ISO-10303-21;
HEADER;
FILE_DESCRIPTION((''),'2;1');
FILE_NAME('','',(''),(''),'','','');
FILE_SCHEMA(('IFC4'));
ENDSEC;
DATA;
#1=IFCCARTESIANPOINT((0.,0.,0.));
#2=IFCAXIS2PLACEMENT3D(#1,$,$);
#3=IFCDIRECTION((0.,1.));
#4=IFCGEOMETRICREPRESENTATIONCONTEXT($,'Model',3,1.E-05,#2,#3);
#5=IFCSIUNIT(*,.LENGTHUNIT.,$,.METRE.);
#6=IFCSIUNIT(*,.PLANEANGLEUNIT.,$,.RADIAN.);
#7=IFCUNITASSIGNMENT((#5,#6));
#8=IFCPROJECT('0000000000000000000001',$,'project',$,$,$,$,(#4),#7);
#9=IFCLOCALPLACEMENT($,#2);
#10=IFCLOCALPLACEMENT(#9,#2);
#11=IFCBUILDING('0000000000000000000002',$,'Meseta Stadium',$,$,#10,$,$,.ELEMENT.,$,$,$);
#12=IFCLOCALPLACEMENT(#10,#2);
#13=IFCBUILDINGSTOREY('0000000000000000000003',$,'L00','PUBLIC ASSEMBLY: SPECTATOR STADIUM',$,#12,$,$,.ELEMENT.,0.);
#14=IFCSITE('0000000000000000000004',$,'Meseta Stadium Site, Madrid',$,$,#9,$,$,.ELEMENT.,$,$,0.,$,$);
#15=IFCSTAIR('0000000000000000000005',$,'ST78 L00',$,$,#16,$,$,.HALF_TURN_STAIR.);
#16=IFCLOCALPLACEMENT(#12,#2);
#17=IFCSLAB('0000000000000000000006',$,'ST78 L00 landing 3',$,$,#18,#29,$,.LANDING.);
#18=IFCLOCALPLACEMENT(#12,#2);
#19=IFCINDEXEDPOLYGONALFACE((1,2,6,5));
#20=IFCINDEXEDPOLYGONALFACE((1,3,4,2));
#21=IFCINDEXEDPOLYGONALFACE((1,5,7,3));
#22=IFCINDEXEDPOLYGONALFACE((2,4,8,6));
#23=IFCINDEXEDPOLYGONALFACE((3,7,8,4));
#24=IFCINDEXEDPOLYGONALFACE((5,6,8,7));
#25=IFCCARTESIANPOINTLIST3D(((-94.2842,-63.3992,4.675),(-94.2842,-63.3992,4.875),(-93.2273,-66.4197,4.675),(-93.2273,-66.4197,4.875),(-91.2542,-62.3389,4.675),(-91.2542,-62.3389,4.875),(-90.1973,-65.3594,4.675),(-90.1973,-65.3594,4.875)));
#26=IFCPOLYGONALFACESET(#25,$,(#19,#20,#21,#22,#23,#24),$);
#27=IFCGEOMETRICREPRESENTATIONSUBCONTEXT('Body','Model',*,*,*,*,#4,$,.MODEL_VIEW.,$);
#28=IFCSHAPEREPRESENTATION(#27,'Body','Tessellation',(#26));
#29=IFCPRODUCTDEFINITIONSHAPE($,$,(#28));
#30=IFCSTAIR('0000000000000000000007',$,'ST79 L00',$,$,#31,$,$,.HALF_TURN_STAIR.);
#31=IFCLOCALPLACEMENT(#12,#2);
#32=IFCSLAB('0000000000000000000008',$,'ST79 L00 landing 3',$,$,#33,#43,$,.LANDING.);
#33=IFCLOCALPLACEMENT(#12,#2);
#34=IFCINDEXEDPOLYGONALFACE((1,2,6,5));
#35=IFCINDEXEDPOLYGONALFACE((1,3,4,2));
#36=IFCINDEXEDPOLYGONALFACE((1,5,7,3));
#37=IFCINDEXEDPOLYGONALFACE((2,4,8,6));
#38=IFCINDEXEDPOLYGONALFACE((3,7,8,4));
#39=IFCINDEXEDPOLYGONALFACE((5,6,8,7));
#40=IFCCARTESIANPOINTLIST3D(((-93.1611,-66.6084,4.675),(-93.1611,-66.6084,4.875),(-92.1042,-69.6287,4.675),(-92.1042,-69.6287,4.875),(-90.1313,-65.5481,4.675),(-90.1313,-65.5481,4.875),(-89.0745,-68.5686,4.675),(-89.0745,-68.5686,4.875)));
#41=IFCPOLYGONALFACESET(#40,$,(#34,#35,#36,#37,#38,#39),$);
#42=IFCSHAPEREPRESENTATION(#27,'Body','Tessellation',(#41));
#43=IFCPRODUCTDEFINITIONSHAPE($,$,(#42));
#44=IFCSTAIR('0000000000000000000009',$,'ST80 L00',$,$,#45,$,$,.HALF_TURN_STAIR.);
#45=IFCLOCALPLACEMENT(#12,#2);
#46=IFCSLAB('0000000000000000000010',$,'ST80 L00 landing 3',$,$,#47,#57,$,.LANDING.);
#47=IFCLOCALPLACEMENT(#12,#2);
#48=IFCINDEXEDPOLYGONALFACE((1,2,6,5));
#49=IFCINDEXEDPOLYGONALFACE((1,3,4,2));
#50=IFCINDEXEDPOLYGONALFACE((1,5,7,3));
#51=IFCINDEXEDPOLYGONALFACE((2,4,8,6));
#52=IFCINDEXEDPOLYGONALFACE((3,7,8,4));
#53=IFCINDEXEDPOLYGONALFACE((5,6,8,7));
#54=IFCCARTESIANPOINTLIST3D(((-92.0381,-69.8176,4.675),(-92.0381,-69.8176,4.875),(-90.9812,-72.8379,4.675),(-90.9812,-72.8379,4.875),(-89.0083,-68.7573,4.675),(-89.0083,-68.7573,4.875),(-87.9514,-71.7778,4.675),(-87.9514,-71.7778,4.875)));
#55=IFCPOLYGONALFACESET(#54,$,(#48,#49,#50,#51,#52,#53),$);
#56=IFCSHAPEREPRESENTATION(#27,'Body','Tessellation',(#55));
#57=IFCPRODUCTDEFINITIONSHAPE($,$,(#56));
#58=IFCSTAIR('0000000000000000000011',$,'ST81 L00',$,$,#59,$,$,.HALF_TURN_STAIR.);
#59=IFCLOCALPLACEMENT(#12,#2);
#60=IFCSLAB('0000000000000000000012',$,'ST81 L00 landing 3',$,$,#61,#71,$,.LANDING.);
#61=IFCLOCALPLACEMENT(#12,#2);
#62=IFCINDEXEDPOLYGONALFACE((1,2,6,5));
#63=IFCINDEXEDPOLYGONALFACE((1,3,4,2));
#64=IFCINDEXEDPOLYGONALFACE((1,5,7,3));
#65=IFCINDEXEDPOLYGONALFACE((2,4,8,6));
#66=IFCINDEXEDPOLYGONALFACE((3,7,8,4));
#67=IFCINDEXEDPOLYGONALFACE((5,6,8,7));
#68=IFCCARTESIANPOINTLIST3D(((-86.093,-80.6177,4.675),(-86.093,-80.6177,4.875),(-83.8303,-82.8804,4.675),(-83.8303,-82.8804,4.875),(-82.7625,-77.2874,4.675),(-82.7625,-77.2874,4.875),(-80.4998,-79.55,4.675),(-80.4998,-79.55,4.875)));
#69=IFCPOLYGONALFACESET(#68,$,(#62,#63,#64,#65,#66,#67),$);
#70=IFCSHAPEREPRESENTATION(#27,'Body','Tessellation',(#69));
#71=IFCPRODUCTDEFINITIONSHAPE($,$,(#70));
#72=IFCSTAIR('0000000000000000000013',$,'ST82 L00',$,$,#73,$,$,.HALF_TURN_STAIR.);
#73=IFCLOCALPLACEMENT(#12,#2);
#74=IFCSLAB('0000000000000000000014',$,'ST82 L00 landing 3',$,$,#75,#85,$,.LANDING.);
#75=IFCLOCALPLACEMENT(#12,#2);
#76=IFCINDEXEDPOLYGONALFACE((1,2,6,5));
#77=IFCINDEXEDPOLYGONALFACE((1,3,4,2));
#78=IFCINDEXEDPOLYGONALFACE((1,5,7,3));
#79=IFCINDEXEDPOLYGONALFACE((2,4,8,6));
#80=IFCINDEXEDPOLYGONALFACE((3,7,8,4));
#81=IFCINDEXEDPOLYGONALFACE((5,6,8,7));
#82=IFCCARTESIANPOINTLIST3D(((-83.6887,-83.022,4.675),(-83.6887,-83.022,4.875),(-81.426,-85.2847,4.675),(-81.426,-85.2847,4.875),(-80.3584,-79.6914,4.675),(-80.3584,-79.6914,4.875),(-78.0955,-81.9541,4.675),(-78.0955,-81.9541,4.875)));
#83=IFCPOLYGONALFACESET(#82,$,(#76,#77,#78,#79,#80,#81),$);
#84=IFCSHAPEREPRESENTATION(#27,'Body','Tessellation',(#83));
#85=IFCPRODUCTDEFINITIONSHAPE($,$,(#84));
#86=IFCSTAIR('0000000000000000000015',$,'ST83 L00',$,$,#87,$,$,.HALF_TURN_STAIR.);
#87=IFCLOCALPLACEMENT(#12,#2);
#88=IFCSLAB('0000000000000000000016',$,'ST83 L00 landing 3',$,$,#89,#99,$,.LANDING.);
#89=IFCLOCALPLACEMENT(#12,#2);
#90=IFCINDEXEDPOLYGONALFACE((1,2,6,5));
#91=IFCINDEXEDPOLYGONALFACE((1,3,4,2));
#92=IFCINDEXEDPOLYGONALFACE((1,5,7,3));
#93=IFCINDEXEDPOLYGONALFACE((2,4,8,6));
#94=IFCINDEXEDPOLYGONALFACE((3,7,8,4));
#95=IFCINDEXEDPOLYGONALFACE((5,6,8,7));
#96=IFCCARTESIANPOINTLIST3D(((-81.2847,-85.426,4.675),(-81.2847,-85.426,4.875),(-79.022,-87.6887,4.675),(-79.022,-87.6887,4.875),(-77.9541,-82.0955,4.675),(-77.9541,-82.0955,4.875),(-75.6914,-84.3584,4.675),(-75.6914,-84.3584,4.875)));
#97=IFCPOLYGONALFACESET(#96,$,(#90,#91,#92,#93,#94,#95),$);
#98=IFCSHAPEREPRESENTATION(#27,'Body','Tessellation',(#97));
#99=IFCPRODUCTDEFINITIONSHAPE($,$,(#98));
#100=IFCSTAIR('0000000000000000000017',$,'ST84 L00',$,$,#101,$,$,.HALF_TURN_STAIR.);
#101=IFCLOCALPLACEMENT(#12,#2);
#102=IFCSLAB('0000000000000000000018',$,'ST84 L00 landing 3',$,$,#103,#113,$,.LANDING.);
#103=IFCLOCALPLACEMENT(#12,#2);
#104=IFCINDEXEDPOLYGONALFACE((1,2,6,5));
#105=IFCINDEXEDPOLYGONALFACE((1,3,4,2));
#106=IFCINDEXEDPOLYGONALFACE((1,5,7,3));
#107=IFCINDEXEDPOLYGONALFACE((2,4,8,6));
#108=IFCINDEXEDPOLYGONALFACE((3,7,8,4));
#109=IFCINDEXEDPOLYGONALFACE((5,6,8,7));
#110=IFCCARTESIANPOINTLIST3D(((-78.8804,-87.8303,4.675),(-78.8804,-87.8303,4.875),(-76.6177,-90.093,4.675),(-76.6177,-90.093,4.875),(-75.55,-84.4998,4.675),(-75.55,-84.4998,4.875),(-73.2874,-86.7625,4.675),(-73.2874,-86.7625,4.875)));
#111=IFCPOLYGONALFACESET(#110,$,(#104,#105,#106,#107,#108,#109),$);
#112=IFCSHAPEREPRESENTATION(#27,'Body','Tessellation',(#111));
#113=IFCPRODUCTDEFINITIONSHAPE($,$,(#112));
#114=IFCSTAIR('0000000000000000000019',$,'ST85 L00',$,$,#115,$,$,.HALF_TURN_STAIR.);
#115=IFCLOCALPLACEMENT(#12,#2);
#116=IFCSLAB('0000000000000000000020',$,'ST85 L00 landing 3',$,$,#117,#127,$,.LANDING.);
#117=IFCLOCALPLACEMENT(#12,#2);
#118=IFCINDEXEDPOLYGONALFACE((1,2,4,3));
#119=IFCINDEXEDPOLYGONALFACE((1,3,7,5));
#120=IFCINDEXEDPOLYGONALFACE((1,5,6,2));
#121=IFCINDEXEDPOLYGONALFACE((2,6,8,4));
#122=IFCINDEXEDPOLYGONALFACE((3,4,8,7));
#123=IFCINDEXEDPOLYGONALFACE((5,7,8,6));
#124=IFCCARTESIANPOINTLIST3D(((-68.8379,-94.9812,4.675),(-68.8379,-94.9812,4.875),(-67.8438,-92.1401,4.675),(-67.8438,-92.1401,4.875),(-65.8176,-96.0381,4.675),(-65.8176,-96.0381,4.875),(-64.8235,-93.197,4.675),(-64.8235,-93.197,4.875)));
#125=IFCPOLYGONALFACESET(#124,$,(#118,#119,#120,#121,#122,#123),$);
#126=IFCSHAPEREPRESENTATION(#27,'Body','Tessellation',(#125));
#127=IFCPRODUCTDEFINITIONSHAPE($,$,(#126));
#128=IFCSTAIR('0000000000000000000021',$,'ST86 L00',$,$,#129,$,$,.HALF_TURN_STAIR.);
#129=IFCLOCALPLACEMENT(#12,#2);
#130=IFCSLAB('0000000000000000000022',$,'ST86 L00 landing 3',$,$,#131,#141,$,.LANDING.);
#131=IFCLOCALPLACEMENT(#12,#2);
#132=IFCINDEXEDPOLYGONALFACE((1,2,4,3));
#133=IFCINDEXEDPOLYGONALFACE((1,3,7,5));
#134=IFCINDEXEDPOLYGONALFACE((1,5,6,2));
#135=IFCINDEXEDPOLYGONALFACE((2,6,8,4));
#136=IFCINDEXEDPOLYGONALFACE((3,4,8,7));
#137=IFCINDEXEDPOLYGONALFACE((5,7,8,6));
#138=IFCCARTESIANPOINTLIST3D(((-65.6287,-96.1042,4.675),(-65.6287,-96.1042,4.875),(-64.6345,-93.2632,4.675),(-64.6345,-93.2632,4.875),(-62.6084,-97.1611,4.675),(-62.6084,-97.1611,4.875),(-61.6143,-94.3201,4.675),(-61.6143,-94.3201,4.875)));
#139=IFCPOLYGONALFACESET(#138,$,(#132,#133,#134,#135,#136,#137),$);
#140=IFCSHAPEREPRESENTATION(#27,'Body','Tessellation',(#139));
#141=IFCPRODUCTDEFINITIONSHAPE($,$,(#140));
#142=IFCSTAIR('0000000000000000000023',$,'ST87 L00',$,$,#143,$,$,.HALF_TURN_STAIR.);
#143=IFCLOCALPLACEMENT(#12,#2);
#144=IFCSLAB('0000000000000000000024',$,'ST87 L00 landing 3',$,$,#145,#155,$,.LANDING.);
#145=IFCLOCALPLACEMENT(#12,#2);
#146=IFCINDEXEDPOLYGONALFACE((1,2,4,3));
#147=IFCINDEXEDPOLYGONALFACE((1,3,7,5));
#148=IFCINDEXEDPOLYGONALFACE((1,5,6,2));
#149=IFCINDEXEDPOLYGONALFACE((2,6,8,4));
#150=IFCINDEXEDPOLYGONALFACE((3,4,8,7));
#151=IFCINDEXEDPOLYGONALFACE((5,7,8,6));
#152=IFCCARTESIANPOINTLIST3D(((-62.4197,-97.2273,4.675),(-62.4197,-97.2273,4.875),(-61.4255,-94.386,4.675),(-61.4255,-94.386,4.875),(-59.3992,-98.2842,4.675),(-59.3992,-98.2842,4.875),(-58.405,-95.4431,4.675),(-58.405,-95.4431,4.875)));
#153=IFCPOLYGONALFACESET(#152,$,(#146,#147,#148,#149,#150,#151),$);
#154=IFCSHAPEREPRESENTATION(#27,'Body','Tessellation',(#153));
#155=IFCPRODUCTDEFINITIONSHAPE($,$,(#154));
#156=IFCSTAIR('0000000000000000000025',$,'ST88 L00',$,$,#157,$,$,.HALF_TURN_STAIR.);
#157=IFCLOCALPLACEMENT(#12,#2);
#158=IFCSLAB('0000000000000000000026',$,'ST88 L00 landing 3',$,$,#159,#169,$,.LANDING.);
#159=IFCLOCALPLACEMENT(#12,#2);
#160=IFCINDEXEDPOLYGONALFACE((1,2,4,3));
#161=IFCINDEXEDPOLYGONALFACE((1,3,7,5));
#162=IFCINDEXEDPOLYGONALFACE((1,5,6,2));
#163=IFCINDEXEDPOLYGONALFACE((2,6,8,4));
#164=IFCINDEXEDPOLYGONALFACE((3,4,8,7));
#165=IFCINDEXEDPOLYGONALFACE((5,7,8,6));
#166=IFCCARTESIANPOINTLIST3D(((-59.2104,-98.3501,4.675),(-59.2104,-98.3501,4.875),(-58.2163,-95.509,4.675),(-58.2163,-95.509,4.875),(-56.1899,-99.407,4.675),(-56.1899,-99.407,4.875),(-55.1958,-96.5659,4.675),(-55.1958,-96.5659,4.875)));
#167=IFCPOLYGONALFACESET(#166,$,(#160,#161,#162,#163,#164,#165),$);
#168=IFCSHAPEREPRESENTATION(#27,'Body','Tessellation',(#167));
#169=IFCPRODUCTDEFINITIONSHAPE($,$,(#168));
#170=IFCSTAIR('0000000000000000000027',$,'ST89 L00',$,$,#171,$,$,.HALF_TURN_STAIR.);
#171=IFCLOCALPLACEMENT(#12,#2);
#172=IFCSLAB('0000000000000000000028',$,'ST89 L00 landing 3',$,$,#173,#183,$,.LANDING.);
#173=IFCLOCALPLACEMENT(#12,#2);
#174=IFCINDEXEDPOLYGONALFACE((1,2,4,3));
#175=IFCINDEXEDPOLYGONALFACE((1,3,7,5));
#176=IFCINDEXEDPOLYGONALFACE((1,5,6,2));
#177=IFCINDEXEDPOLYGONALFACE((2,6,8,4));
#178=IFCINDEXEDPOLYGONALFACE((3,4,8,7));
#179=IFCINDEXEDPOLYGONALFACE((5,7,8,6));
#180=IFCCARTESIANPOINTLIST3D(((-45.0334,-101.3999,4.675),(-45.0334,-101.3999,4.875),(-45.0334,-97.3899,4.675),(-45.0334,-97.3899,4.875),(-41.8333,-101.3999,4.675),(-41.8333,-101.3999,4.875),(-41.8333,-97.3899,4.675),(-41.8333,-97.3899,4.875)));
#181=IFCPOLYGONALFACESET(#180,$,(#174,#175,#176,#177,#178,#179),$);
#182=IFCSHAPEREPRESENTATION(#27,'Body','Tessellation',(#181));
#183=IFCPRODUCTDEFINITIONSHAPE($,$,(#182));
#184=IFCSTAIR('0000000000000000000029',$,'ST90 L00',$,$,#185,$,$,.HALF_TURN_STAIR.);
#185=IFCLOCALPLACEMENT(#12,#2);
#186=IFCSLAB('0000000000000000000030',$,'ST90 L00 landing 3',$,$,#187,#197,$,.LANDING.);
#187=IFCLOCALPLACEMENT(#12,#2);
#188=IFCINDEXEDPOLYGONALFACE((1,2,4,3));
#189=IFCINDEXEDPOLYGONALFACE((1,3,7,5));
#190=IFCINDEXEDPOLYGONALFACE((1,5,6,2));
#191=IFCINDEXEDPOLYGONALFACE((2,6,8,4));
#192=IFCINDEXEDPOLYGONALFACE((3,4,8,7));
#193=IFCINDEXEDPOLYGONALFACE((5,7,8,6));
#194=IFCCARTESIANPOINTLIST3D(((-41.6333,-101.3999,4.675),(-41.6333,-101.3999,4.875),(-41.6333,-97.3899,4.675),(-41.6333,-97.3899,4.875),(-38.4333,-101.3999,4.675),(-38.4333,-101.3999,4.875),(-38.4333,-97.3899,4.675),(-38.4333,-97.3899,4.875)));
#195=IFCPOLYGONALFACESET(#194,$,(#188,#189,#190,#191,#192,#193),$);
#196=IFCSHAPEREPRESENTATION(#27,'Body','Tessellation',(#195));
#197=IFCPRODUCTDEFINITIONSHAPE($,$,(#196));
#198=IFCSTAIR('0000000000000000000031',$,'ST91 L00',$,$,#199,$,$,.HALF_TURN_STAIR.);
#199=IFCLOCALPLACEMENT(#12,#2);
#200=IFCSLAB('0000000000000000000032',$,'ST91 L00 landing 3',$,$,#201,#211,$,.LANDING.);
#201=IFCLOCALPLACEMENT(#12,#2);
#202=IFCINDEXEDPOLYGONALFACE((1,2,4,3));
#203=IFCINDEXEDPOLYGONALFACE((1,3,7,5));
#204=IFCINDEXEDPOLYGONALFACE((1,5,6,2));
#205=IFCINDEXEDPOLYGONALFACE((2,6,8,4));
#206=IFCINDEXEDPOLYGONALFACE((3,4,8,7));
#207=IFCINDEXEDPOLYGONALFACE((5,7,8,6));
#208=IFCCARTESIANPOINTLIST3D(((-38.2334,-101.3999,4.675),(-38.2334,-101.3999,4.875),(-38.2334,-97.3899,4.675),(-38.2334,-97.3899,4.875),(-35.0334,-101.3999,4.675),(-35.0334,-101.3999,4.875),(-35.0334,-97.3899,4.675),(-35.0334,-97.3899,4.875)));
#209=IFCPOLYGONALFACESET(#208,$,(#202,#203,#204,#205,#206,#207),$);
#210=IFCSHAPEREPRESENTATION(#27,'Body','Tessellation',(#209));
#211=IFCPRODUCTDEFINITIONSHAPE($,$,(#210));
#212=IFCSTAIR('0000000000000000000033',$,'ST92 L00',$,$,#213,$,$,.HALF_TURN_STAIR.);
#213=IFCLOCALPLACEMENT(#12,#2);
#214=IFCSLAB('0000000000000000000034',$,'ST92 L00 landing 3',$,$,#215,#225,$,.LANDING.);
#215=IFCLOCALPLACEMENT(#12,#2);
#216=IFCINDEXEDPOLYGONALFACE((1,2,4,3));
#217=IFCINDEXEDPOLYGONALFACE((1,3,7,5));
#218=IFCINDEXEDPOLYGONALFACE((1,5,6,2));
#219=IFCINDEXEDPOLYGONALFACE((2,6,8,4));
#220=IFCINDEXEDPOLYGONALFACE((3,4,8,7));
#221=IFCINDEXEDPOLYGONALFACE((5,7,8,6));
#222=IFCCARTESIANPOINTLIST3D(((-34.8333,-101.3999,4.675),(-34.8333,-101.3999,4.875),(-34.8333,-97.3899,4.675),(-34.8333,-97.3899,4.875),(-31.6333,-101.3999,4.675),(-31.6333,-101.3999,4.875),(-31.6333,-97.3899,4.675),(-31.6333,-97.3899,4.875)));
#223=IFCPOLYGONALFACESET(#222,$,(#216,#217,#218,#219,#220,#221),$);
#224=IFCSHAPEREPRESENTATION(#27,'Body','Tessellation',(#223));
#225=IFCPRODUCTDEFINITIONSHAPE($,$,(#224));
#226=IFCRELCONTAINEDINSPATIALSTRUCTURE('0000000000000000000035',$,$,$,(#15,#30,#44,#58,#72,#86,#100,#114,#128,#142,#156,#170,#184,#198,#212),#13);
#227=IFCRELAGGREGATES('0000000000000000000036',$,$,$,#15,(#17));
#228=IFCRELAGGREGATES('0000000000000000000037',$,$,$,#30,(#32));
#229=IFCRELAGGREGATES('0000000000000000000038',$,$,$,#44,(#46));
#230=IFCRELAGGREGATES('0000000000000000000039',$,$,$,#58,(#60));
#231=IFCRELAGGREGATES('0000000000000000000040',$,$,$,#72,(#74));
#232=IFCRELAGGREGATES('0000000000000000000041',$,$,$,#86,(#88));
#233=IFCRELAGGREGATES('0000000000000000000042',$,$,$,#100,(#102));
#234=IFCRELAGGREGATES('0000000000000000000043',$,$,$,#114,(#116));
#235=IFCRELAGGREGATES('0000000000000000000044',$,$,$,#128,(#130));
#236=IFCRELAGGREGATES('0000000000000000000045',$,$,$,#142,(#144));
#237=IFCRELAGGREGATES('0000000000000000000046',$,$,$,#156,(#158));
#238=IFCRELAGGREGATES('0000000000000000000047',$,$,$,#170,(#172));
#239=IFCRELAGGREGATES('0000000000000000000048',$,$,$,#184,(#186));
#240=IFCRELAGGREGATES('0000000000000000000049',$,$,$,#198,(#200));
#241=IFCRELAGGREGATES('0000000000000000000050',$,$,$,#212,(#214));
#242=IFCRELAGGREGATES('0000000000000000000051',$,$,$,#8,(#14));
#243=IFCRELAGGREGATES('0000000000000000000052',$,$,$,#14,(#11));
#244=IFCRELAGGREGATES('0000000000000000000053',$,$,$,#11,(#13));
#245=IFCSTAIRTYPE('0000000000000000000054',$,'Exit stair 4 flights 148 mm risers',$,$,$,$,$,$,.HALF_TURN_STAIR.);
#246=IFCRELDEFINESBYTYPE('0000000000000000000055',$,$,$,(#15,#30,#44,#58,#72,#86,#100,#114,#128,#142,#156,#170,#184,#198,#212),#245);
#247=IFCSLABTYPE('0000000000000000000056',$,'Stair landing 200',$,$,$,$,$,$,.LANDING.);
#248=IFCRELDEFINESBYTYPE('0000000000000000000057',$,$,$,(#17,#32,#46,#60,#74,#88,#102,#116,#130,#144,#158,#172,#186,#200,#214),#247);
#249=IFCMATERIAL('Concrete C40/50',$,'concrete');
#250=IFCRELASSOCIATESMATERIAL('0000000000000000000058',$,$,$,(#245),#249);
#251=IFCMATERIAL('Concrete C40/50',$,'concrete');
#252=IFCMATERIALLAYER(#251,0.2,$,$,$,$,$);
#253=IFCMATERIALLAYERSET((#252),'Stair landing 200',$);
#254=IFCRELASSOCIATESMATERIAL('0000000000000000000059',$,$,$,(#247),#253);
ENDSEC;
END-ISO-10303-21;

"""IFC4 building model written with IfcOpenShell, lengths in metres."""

from ifc_helpers import new_model, si_unit, direction, frame, origin, place, context, subcontext, project, spatial, polyline, outline, extrude, material, layer, layer_set, type_object, element, aggregate, save


model = new_model("IFC4")

# Units and contexts
model_context = context("Model", 3, precision=1e-05, world=origin(), true_north=direction((0.0, 1.0)))
body_context = subcontext(model_context, "Body", "Model", "MODEL_VIEW")
ifc_project = project(units=[si_unit("LENGTHUNIT", "METRE"), si_unit("PLANEANGLEUNIT", "RADIAN")], contexts=[model_context])

# Site, building, storey
site_placement = place(None, origin())
site = spatial("IfcSite", under=ifc_project, at=site_placement, Name="Meseta Stadium Site, Madrid", CompositionType="ELEMENT", RefElevation=0.0)
building_placement = place(site_placement, origin())
building = spatial("IfcBuilding", under=site, at=building_placement, Name="Meseta Stadium", CompositionType="ELEMENT")
storey_placement = place(building_placement, origin())
storey = spatial("IfcBuildingStorey", under=building, at=storey_placement, Name="L00", Description="PUBLIC ASSEMBLY: SPECTATOR STADIUM", CompositionType="ELEMENT", Elevation=0.0)

# Stairs, slabs
ifc_material_1 = material(Name="Concrete C40/50", Category="concrete")
stair_type = type_object("IfcStairType", Name="Exit stair 4 flights 148 mm risers", PredefinedType="HALF_TURN_STAIR", material=ifc_material_1)
stair_1_placement = place(storey_placement, origin())
stair_1 = element("IfcStair", 1, at=stair_1_placement, inside=storey, type_object=stair_type, Name="ST78 L00", PredefinedType="HALF_TURN_STAIR")
ifc_material_2 = material(Name="Concrete C40/50", Category="concrete")
ifc_layer = layer(ifc_material_2, 0.2)
ifc_layer_set = layer_set([ifc_layer], Name="Stair landing 200")
slab_type = type_object("IfcSlabType", Name="Stair landing 200", PredefinedType="LANDING", material=ifc_layer_set)
slab_1_placement = place(storey_placement, frame((0.0, 0.0, 4.675)))
slab_1 = element("IfcSlab", 2, at=slab_1_placement, type_object=slab_type, Name="ST78 L00 landing 3", PredefinedType="LANDING", context=body_context, shape_type="SweptSolid", body=[
    extrude(outline(polyline([(-91.2542, -62.3389), (-94.2842, -63.3992), (-93.2273, -66.4197), (-90.1973, -65.3594), (-91.2542, -62.3389)])), origin(), (0.0, 0.0, 1.0), 0.2),
])
aggregate(stair_1, [slab_1])
stair_2_placement = place(storey_placement, origin())
stair_2 = element("IfcStair", 3, at=stair_2_placement, inside=storey, type_object=stair_type, Name="ST79 L00", PredefinedType="HALF_TURN_STAIR")
slab_2_placement = place(storey_placement, frame((0.0, 0.0, 4.675)))
slab_2 = element("IfcSlab", 4, at=slab_2_placement, type_object=slab_type, Name="ST79 L00 landing 3", PredefinedType="LANDING", context=body_context, shape_type="SweptSolid", body=[
    extrude(outline(polyline([(-90.1313, -65.5481), (-93.1611, -66.6084), (-92.1042, -69.6287), (-89.0745, -68.5686), (-90.1313, -65.5481)])), origin(), (0.0, 0.0, 1.0), 0.2),
])
aggregate(stair_2, [slab_2])
stair_3_placement = place(storey_placement, origin())
stair_3 = element("IfcStair", 5, at=stair_3_placement, inside=storey, type_object=stair_type, Name="ST80 L00", PredefinedType="HALF_TURN_STAIR")
slab_3_placement = place(storey_placement, frame((0.0, 0.0, 4.675)))
slab_3 = element("IfcSlab", 6, at=slab_3_placement, type_object=slab_type, Name="ST80 L00 landing 3", PredefinedType="LANDING", context=body_context, shape_type="SweptSolid", body=[
    extrude(outline(polyline([(-89.0083, -68.7573), (-92.0381, -69.8176), (-90.9812, -72.8379), (-87.9514, -71.7778), (-89.0083, -68.7573)])), origin(), (0.0, 0.0, 1.0), 0.2),
])
aggregate(stair_3, [slab_3])
stair_4_placement = place(storey_placement, origin())
stair_4 = element("IfcStair", 7, at=stair_4_placement, inside=storey, type_object=stair_type, Name="ST81 L00", PredefinedType="HALF_TURN_STAIR")
slab_4_placement = place(storey_placement, frame((0.0, 0.0, 4.675)))
slab_4 = element("IfcSlab", 8, at=slab_4_placement, type_object=slab_type, Name="ST81 L00 landing 3", PredefinedType="LANDING", context=body_context, shape_type="SweptSolid", body=[
    extrude(outline(polyline([(-82.7625, -77.2874), (-86.093, -80.6177), (-83.8303, -82.8804), (-80.4998, -79.55), (-82.7625, -77.2874)])), origin(), (0.0, 0.0, 1.0), 0.2),
])
aggregate(stair_4, [slab_4])
stair_5_placement = place(storey_placement, origin())
stair_5 = element("IfcStair", 9, at=stair_5_placement, inside=storey, type_object=stair_type, Name="ST82 L00", PredefinedType="HALF_TURN_STAIR")
slab_5_placement = place(storey_placement, frame((0.0, 0.0, 4.675)))
slab_5 = element("IfcSlab", 10, at=slab_5_placement, type_object=slab_type, Name="ST82 L00 landing 3", PredefinedType="LANDING", context=body_context, shape_type="SweptSolid", body=[
    extrude(outline(polyline([(-80.3584, -79.6914), (-83.6887, -83.022), (-81.426, -85.2847), (-78.0955, -81.9541), (-80.3584, -79.6914)])), origin(), (0.0, 0.0, 1.0), 0.2),
])
aggregate(stair_5, [slab_5])
stair_6_placement = place(storey_placement, origin())
stair_6 = element("IfcStair", 11, at=stair_6_placement, inside=storey, type_object=stair_type, Name="ST83 L00", PredefinedType="HALF_TURN_STAIR")
slab_6_placement = place(storey_placement, frame((0.0, 0.0, 4.675)))
slab_6 = element("IfcSlab", 12, at=slab_6_placement, type_object=slab_type, Name="ST83 L00 landing 3", PredefinedType="LANDING", context=body_context, shape_type="SweptSolid", body=[
    extrude(outline(polyline([(-77.9541, -82.0955), (-81.2847, -85.426), (-79.022, -87.6887), (-75.6914, -84.3584), (-77.9541, -82.0955)])), origin(), (0.0, 0.0, 1.0), 0.2),
])
aggregate(stair_6, [slab_6])
stair_7_placement = place(storey_placement, origin())
stair_7 = element("IfcStair", 13, at=stair_7_placement, inside=storey, type_object=stair_type, Name="ST84 L00", PredefinedType="HALF_TURN_STAIR")
slab_7_placement = place(storey_placement, frame((0.0, 0.0, 4.675)))
slab_7 = element("IfcSlab", 14, at=slab_7_placement, type_object=slab_type, Name="ST84 L00 landing 3", PredefinedType="LANDING", context=body_context, shape_type="SweptSolid", body=[
    extrude(outline(polyline([(-75.55, -84.4998), (-78.8804, -87.8303), (-76.6177, -90.093), (-73.2874, -86.7625), (-75.55, -84.4998)])), origin(), (0.0, 0.0, 1.0), 0.2),
])
aggregate(stair_7, [slab_7])
stair_8_placement = place(storey_placement, origin())
stair_8 = element("IfcStair", 15, at=stair_8_placement, inside=storey, type_object=stair_type, Name="ST85 L00", PredefinedType="HALF_TURN_STAIR")
slab_8_placement = place(storey_placement, frame((0.0, 0.0, 4.675)))
slab_8 = element("IfcSlab", 16, at=slab_8_placement, type_object=slab_type, Name="ST85 L00 landing 3", PredefinedType="LANDING", context=body_context, shape_type="SweptSolid", body=[
    extrude(outline(polyline([(-67.8438, -92.1401), (-68.8379, -94.9812), (-65.8176, -96.0381), (-64.8235, -93.197), (-67.8438, -92.1401)])), origin(), (0.0, 0.0, 1.0), 0.2),
])
aggregate(stair_8, [slab_8])
stair_9_placement = place(storey_placement, origin())
stair_9 = element("IfcStair", 17, at=stair_9_placement, inside=storey, type_object=stair_type, Name="ST86 L00", PredefinedType="HALF_TURN_STAIR")
slab_9_placement = place(storey_placement, frame((0.0, 0.0, 4.675)))
slab_9 = element("IfcSlab", 18, at=slab_9_placement, type_object=slab_type, Name="ST86 L00 landing 3", PredefinedType="LANDING", context=body_context, shape_type="SweptSolid", body=[
    extrude(outline(polyline([(-64.6345, -93.2632), (-65.6287, -96.1042), (-62.6084, -97.1611), (-61.6143, -94.3201), (-64.6345, -93.2632)])), origin(), (0.0, 0.0, 1.0), 0.2),
])
aggregate(stair_9, [slab_9])
stair_10_placement = place(storey_placement, origin())
stair_10 = element("IfcStair", 19, at=stair_10_placement, inside=storey, type_object=stair_type, Name="ST87 L00", PredefinedType="HALF_TURN_STAIR")
slab_10_placement = place(storey_placement, frame((0.0, 0.0, 4.675)))
slab_10 = element("IfcSlab", 20, at=slab_10_placement, type_object=slab_type, Name="ST87 L00 landing 3", PredefinedType="LANDING", context=body_context, shape_type="SweptSolid", body=[
    extrude(outline(polyline([(-61.4255, -94.386), (-62.4197, -97.2273), (-59.3992, -98.2842), (-58.405, -95.4431), (-61.4255, -94.386)])), origin(), (0.0, 0.0, 1.0), 0.2),
])
aggregate(stair_10, [slab_10])
stair_11_placement = place(storey_placement, origin())
stair_11 = element("IfcStair", 21, at=stair_11_placement, inside=storey, type_object=stair_type, Name="ST88 L00", PredefinedType="HALF_TURN_STAIR")
slab_11_placement = place(storey_placement, frame((0.0, 0.0, 4.675)))
slab_11 = element("IfcSlab", 22, at=slab_11_placement, type_object=slab_type, Name="ST88 L00 landing 3", PredefinedType="LANDING", context=body_context, shape_type="SweptSolid", body=[
    extrude(outline(polyline([(-58.2163, -95.509), (-59.2104, -98.3501), (-56.1899, -99.407), (-55.1958, -96.5659), (-58.2163, -95.509)])), origin(), (0.0, 0.0, 1.0), 0.2),
])
aggregate(stair_11, [slab_11])
stair_12_placement = place(storey_placement, origin())
stair_12 = element("IfcStair", 23, at=stair_12_placement, inside=storey, type_object=stair_type, Name="ST89 L00", PredefinedType="HALF_TURN_STAIR")
slab_12_placement = place(storey_placement, frame((0.0, 0.0, 4.675)))
slab_12 = element("IfcSlab", 24, at=slab_12_placement, type_object=slab_type, Name="ST89 L00 landing 3", PredefinedType="LANDING", context=body_context, shape_type="SweptSolid", body=[
    extrude(outline(polyline([(-45.0334, -97.3899), (-45.0334, -101.3999), (-41.8333, -101.3999), (-41.8333, -97.3899), (-45.0334, -97.3899)])), origin(), (0.0, 0.0, 1.0), 0.2),
])
aggregate(stair_12, [slab_12])
stair_13_placement = place(storey_placement, origin())
stair_13 = element("IfcStair", 25, at=stair_13_placement, inside=storey, type_object=stair_type, Name="ST90 L00", PredefinedType="HALF_TURN_STAIR")
slab_13_placement = place(storey_placement, frame((0.0, 0.0, 4.675)))
slab_13 = element("IfcSlab", 26, at=slab_13_placement, type_object=slab_type, Name="ST90 L00 landing 3", PredefinedType="LANDING", context=body_context, shape_type="SweptSolid", body=[
    extrude(outline(polyline([(-41.6333, -97.3899), (-41.6333, -101.3999), (-38.4333, -101.3999), (-38.4333, -97.3899), (-41.6333, -97.3899)])), origin(), (0.0, 0.0, 1.0), 0.2),
])
aggregate(stair_13, [slab_13])
stair_14_placement = place(storey_placement, origin())
stair_14 = element("IfcStair", 27, at=stair_14_placement, inside=storey, type_object=stair_type, Name="ST91 L00", PredefinedType="HALF_TURN_STAIR")
slab_14_placement = place(storey_placement, frame((0.0, 0.0, 4.675)))
slab_14 = element("IfcSlab", 28, at=slab_14_placement, type_object=slab_type, Name="ST91 L00 landing 3", PredefinedType="LANDING", context=body_context, shape_type="SweptSolid", body=[
    extrude(outline(polyline([(-38.2334, -97.3899), (-38.2334, -101.3999), (-35.0334, -101.3999), (-35.0334, -97.3899), (-38.2334, -97.3899)])), origin(), (0.0, 0.0, 1.0), 0.2),
])
aggregate(stair_14, [slab_14])
stair_15_placement = place(storey_placement, origin())
stair_15 = element("IfcStair", 29, at=stair_15_placement, inside=storey, type_object=stair_type, Name="ST92 L00", PredefinedType="HALF_TURN_STAIR")
slab_15_placement = place(storey_placement, frame((0.0, 0.0, 4.675)))
slab_15 = element("IfcSlab", 30, at=slab_15_placement, type_object=slab_type, Name="ST92 L00 landing 3", PredefinedType="LANDING", context=body_context, shape_type="SweptSolid", body=[
    extrude(outline(polyline([(-34.8333, -97.3899), (-34.8333, -101.3999), (-31.6333, -101.3999), (-31.6333, -97.3899), (-34.8333, -97.3899)])), origin(), (0.0, 0.0, 1.0), 0.2),
])
aggregate(stair_15, [slab_15])

save(model, "model.ifc")
